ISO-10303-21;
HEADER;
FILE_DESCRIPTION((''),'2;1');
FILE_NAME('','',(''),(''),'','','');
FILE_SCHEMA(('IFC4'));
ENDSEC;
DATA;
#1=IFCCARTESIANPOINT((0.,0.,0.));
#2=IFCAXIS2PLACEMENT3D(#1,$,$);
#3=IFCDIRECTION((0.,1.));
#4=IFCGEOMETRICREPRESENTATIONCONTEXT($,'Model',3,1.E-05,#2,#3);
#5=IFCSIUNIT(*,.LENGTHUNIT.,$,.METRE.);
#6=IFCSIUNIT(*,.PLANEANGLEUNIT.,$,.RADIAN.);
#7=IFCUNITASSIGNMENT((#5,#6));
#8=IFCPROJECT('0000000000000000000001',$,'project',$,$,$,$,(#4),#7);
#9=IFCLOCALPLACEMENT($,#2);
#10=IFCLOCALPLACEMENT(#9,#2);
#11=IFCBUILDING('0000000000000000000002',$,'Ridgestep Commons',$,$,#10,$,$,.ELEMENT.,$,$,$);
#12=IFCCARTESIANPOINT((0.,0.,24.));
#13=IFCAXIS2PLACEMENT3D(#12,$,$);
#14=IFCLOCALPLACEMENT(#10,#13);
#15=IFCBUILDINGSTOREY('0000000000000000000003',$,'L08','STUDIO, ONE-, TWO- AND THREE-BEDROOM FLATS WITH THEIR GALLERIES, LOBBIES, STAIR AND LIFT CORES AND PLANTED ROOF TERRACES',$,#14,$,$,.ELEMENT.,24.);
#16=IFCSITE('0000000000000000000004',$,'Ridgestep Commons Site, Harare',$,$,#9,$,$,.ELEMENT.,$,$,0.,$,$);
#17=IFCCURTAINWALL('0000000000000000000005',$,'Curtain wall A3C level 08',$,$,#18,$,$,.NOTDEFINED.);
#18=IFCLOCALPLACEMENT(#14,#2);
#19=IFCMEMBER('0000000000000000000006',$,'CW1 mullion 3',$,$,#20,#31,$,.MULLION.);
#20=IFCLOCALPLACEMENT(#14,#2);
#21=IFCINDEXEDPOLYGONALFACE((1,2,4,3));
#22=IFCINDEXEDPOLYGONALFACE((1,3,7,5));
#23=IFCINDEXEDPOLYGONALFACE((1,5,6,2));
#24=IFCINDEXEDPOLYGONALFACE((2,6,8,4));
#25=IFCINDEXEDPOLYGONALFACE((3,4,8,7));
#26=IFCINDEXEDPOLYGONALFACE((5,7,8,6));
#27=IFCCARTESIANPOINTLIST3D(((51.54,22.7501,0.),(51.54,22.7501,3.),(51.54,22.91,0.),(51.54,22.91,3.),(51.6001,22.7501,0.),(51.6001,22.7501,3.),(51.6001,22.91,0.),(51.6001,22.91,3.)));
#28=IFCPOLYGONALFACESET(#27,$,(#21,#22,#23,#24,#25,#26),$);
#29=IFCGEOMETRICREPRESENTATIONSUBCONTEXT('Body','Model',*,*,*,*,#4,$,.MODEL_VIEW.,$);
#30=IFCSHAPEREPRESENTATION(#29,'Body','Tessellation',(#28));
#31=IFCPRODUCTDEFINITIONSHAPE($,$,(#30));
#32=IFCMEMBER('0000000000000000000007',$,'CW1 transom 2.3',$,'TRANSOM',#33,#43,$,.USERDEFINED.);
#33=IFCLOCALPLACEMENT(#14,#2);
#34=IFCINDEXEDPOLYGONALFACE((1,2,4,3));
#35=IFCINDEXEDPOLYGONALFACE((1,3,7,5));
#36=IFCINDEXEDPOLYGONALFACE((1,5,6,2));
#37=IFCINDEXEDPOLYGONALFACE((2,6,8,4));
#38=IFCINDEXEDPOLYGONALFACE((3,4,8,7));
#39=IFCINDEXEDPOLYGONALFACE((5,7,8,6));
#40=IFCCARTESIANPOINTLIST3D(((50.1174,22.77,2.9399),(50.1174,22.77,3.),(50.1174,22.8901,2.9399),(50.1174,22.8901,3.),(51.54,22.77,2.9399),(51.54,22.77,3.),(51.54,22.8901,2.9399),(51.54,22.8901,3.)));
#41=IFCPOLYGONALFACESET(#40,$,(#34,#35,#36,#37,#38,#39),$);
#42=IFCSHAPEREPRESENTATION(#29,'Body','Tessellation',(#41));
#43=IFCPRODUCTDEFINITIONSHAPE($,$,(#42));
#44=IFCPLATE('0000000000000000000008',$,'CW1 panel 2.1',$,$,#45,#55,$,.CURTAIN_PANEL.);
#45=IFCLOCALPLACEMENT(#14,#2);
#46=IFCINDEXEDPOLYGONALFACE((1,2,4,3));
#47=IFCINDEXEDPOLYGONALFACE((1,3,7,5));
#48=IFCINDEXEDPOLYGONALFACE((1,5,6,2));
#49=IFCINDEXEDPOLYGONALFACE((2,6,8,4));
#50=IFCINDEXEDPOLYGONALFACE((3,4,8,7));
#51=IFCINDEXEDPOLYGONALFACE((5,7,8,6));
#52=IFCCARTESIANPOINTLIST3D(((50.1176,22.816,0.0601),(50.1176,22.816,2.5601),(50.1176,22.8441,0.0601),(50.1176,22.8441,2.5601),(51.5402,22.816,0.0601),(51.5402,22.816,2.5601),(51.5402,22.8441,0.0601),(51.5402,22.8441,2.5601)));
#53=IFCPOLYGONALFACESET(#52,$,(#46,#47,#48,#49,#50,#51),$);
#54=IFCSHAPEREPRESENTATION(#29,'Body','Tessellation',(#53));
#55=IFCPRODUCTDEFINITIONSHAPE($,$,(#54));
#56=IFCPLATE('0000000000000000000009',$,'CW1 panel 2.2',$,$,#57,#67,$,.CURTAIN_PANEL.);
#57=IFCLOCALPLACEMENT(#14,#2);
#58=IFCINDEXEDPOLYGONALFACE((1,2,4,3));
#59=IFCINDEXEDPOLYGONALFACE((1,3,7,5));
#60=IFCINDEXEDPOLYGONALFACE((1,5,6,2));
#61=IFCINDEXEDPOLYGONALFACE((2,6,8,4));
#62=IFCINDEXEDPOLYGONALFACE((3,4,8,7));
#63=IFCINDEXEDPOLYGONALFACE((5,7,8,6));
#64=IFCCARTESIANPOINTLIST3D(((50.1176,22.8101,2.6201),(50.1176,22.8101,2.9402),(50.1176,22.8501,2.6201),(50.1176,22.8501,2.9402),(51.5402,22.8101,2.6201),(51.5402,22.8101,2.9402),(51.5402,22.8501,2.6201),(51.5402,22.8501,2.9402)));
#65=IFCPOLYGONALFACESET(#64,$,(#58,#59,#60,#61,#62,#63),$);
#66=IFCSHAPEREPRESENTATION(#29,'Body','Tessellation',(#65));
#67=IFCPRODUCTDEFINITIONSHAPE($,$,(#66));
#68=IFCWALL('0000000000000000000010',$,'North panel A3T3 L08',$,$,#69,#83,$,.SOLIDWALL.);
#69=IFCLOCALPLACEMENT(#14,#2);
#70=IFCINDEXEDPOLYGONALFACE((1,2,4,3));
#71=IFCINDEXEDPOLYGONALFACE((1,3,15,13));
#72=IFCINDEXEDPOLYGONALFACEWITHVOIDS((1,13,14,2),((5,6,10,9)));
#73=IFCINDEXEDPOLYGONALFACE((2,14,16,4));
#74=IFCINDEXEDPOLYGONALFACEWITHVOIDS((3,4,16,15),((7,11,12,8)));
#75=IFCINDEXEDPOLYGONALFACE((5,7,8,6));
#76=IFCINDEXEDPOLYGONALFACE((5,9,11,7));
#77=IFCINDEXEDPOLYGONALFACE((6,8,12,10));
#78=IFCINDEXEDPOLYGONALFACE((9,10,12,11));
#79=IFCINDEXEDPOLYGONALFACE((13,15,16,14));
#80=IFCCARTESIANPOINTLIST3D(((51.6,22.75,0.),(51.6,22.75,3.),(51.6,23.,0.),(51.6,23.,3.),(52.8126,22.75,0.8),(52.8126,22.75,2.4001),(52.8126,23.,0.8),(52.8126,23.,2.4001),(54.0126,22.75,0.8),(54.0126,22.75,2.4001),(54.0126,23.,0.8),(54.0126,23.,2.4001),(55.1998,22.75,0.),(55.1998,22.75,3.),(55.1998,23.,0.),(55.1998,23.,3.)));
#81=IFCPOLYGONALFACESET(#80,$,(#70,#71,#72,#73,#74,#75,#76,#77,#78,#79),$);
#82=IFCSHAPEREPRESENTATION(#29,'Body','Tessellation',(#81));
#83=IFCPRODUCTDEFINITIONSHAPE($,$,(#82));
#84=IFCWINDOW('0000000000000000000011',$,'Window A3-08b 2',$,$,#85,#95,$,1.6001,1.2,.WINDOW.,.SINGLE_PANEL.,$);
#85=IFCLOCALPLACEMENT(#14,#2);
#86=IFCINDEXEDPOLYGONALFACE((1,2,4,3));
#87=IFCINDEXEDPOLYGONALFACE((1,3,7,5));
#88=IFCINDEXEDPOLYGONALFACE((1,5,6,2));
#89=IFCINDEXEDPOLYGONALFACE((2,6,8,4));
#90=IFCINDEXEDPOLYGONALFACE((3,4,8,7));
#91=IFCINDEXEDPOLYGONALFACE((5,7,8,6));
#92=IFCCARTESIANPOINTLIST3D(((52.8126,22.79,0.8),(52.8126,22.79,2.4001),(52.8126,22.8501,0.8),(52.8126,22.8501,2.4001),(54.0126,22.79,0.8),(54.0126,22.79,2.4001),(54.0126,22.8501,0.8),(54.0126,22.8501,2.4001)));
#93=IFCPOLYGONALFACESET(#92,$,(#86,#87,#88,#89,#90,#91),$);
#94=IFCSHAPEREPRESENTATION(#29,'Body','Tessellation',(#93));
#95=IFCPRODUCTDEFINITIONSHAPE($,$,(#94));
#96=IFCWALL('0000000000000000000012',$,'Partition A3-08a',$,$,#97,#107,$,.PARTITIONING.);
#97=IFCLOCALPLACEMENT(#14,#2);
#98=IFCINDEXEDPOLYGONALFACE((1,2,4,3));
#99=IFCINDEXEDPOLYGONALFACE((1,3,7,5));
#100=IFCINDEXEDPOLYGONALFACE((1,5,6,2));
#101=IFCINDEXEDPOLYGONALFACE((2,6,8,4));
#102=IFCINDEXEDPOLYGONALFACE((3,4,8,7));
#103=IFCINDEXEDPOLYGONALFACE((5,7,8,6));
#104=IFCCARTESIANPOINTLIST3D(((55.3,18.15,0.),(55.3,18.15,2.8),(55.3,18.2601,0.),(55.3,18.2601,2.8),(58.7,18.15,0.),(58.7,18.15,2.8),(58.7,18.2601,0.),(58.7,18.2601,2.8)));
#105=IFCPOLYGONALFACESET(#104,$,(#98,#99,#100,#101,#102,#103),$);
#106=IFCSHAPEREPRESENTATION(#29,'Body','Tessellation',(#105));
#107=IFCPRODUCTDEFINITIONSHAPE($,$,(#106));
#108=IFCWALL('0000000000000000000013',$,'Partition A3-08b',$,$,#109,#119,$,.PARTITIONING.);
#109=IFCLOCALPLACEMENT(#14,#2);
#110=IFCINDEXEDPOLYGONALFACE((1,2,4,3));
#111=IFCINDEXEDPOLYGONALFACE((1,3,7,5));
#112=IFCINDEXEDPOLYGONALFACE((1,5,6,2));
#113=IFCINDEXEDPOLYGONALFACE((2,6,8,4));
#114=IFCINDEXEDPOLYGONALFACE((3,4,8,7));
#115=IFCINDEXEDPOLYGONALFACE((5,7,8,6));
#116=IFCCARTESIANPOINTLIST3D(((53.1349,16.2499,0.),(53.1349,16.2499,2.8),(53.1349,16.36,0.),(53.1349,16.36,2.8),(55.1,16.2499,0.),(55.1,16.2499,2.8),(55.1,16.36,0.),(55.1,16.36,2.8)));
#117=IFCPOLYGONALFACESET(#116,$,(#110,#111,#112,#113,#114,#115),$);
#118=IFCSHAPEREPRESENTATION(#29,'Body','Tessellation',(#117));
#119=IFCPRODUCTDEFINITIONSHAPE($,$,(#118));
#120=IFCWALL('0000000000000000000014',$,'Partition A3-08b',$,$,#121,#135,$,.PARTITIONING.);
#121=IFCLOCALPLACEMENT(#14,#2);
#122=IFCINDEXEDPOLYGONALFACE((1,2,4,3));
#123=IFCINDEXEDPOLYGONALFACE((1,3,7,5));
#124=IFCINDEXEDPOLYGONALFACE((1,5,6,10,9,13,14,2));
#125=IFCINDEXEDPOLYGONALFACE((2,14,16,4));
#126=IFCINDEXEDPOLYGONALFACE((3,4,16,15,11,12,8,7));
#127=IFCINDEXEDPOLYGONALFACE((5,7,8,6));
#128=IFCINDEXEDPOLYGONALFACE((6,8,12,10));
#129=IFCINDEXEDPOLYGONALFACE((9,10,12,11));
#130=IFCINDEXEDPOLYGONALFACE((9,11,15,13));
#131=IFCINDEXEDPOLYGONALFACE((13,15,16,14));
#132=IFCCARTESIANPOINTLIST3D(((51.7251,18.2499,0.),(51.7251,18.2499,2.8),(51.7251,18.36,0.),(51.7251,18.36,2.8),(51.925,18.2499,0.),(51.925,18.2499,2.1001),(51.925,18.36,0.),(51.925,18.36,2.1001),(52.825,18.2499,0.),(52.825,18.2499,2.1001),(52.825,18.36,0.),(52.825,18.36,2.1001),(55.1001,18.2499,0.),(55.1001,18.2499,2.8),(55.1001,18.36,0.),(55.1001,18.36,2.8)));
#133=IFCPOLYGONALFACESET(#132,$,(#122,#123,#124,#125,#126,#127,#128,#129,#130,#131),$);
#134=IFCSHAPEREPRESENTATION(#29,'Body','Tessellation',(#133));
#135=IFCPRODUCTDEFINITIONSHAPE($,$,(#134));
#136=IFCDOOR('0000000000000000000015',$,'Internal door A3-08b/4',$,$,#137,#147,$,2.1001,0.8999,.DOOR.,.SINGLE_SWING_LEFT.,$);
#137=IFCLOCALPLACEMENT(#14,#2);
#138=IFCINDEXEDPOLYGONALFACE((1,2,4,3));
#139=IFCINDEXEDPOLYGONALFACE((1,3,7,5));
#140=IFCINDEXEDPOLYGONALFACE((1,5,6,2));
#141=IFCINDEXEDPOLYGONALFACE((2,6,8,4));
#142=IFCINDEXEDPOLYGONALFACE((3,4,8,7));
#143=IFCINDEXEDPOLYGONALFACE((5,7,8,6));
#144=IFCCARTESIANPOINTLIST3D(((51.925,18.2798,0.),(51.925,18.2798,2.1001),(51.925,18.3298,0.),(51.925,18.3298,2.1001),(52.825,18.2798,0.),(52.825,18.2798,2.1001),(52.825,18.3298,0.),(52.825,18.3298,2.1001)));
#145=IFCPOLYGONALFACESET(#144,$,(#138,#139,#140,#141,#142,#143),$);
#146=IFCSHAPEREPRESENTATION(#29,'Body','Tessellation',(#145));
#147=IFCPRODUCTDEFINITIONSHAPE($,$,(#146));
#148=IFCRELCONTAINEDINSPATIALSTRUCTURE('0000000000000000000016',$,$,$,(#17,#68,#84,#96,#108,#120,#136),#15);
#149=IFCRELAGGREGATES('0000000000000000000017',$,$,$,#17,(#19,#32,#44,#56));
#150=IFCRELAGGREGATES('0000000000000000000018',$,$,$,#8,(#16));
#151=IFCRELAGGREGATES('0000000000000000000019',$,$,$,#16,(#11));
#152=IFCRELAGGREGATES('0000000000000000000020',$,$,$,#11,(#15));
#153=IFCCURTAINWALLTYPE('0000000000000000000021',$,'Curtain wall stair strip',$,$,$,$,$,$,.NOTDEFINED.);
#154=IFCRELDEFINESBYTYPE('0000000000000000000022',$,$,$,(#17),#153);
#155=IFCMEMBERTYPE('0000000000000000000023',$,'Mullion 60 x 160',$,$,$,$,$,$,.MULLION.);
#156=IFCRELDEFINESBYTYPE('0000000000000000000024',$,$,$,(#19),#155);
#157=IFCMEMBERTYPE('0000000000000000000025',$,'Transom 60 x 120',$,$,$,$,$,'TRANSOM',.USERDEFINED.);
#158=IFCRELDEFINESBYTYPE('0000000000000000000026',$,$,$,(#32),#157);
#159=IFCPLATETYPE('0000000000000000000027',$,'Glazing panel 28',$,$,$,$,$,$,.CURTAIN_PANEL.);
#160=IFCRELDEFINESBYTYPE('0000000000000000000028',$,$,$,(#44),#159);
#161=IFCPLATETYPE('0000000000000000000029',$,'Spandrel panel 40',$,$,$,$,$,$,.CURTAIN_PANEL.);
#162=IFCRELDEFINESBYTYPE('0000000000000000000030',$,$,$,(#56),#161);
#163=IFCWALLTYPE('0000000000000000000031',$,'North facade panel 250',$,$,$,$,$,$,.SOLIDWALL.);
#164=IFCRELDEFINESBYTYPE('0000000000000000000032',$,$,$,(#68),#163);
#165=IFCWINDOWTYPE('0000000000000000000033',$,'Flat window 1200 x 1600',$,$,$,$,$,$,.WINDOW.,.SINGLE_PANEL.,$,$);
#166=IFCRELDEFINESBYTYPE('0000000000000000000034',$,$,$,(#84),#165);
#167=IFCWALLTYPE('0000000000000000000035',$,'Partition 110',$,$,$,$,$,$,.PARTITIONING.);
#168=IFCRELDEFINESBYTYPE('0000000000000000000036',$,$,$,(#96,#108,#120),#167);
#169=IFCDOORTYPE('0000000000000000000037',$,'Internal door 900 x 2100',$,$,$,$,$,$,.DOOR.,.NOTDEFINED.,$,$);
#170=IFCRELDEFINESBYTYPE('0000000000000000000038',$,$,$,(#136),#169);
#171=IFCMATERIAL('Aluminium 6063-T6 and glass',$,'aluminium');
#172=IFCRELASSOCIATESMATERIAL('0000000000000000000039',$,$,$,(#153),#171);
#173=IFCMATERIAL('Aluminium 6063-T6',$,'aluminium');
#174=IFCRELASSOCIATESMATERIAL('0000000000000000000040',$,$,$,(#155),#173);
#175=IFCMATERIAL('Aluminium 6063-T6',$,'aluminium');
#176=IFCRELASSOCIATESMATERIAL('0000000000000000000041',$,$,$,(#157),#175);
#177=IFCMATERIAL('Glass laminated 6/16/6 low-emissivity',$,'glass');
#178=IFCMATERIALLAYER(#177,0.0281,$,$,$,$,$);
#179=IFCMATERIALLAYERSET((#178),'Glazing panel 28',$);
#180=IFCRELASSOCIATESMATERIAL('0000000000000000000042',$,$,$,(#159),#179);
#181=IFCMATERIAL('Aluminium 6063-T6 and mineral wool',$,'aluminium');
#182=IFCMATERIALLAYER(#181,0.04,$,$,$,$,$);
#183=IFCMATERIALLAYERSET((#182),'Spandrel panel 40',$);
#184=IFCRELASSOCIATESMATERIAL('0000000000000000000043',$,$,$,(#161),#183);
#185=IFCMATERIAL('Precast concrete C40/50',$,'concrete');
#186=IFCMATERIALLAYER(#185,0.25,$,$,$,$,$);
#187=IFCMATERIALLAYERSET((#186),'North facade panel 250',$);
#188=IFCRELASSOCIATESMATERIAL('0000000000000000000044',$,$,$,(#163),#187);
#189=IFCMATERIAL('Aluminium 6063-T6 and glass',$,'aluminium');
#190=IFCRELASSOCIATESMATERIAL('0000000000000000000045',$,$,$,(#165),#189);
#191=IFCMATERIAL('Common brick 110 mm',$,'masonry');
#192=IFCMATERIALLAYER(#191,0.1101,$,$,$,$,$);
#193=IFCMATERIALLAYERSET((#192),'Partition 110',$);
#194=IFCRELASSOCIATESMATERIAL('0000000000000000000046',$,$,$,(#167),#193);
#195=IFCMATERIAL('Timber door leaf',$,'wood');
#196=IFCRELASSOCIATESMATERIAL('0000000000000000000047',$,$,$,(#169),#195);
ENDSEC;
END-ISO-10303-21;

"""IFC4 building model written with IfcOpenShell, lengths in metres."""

from ifc_helpers import new_model, si_unit, direction, frame, frame_2d, origin, origin_2d, place, context, subcontext, project, spatial, rectangle, extrude, material, layer, layer_set, material_profile, profile_set, type_object, element, fill, aggregate, save


model = new_model("IFC4")

# Units and contexts
model_context = context("Model", 3, precision=1e-05, world=origin(), true_north=direction((0.0, 1.0)))
body_context = subcontext(model_context, "Body", "Model", "MODEL_VIEW")
ifc_project = project(units=[si_unit("LENGTHUNIT", "METRE"), si_unit("PLANEANGLEUNIT", "RADIAN")], contexts=[model_context])

# Site, building, storey
site_placement = place(None, origin())
site = spatial("IfcSite", under=ifc_project, at=site_placement, Name="Ridgestep Commons Site, Harare", CompositionType="ELEMENT", RefElevation=0.0)
building_placement = place(site_placement, origin())
building = spatial("IfcBuilding", under=site, at=building_placement, Name="Ridgestep Commons", CompositionType="ELEMENT")
storey_placement = place(building_placement, frame((0.0, 0.0, 24.0)))
storey = spatial("IfcBuildingStorey", under=building, at=storey_placement, Name="L08", Description="STUDIO, ONE-, TWO- AND THREE-BEDROOM FLATS WITH THEIR GALLERIES, LOBBIES, STAIR AND LIFT CORES AND PLANTED ROOF TERRACES", CompositionType="ELEMENT", Elevation=24.0)

# Curtain wall, members, plates
ifc_material_1 = material(Name="Aluminium 6063-T6 and glass", Category="aluminium")
curtain_wall_type = type_object("IfcCurtainWallType", Name="Curtain wall stair strip", PredefinedType="NOTDEFINED", material=ifc_material_1)
curtain_wall_placement = place(storey_placement, origin())
curtain_wall = element("IfcCurtainWall", 1, at=curtain_wall_placement, inside=storey, type_object=curtain_wall_type, Name="Curtain wall A3C level 08", PredefinedType="NOTDEFINED")
ifc_material_2 = material(Name="Aluminium 6063-T6", Category="aluminium")
ifc_material_profile_1 = material_profile(ifc_material_2, rectangle(XDim=0.1599, YDim=0.0601, at=origin_2d()), Name="Mullion 60 x 160")
ifc_profile_set_1 = profile_set([ifc_material_profile_1], Name="Aluminium 6063-T6")
member_type_1 = type_object("IfcMemberType", Name="Mullion 60 x 160", PredefinedType="MULLION", material=ifc_profile_set_1)
member_1_placement = place(storey_placement, frame((51.5701, 22.8301, 0.0), z_axis=(0.0, 0.0, 1.0), x_axis=(0.0, 1.0, 0.0)))
member_1 = element("IfcMember", 2, at=member_1_placement, type_object=member_type_1, Name="CW1 mullion 3", PredefinedType="MULLION", context=body_context, shape_type="SweptSolid", body=[
    extrude(rectangle(XDim=0.1599, YDim=0.0601, at=origin_2d()), origin(), (0.0, 0.0, 1.0), 3.0),
])
ifc_material_3 = material(Name="Aluminium 6063-T6", Category="aluminium")
ifc_material_profile_2 = material_profile(ifc_material_3, rectangle(XDim=0.1201, YDim=0.0601, at=origin_2d()), Name="Transom 60 x 120")
ifc_profile_set_2 = profile_set([ifc_material_profile_2], Name="Aluminium 6063-T6")
member_type_2 = type_object("IfcMemberType", Name="Transom 60 x 120", ElementType="TRANSOM", PredefinedType="USERDEFINED", material=ifc_profile_set_2)
member_2_placement = place(storey_placement, frame((50.1174, 22.8301, 2.97), z_axis=(1.0, 0.0, 0.0), x_axis=(0.0, 1.0, 0.0)))
member_2 = element("IfcMember", 3, at=member_2_placement, type_object=member_type_2, Name="CW1 transom 2.3", ObjectType="TRANSOM", PredefinedType="USERDEFINED", context=body_context, shape_type="SweptSolid", body=[
    extrude(rectangle(XDim=0.1201, YDim=0.0601, at=origin_2d()), origin(), (0.0, 0.0, 1.0), 1.4226),
])
ifc_material_4 = material(Name="Glass laminated 6/16/6 low-emissivity", Category="glass")
ifc_layer_1 = layer(ifc_material_4, 0.0281)
ifc_layer_set_1 = layer_set([ifc_layer_1], Name="Glazing panel 28")
plate_type_1 = type_object("IfcPlateType", Name="Glazing panel 28", PredefinedType="CURTAIN_PANEL", material=ifc_layer_set_1)
plate_1_placement = place(storey_placement, frame((50.8289, 22.8301, 0.0601), z_axis=(0.0, 0.0, 1.0), x_axis=(1.0, 0.0, 0.0)))
plate_1 = element("IfcPlate", 4, at=plate_1_placement, type_object=plate_type_1, Name="CW1 panel 2.1", PredefinedType="CURTAIN_PANEL", context=body_context, shape_type="SweptSolid", body=[
    extrude(rectangle(XDim=1.4226, YDim=0.0281, at=origin_2d()), origin(), (0.0, 0.0, 1.0), 2.5),
])
ifc_material_5 = material(Name="Aluminium 6063-T6 and mineral wool", Category="aluminium")
ifc_layer_2 = layer(ifc_material_5, 0.04)
ifc_layer_set_2 = layer_set([ifc_layer_2], Name="Spandrel panel 40")
plate_type_2 = type_object("IfcPlateType", Name="Spandrel panel 40", PredefinedType="CURTAIN_PANEL", material=ifc_layer_set_2)
plate_2_placement = place(storey_placement, frame((50.8289, 22.8301, 2.6201), z_axis=(0.0, 0.0, 1.0), x_axis=(1.0, 0.0, 0.0)))
plate_2 = element("IfcPlate", 5, at=plate_2_placement, type_object=plate_type_2, Name="CW1 panel 2.2", PredefinedType="CURTAIN_PANEL", context=body_context, shape_type="SweptSolid", body=[
    extrude(rectangle(XDim=1.4226, YDim=0.04, at=origin_2d()), origin(), (0.0, 0.0, 1.0), 0.3201),
])
aggregate(curtain_wall, [member_1, member_2, plate_1, plate_2])

# Wall, opening, window
ifc_material_6 = material(Name="Precast concrete C40/50", Category="concrete")
ifc_layer_3 = layer(ifc_material_6, 0.25)
ifc_layer_set_3 = layer_set([ifc_layer_3], Name="North facade panel 250")
wall_type_1 = type_object("IfcWallType", Name="North facade panel 250", PredefinedType="SOLIDWALL", material=ifc_layer_set_3)
wall_1_placement = place(storey_placement, frame((51.6001, 22.875, 0.0), z_axis=(0.0, 0.0, 1.0), x_axis=(1.0, 0.0, 0.0)))
wall_1 = element("IfcWall", 6, at=wall_1_placement, inside=storey, type_object=wall_type_1, Name="North panel A3T3 L08", PredefinedType="SOLIDWALL", context=body_context, shape_type="SweptSolid", body=[
    extrude(rectangle(XDim=3.5999, YDim=0.25, at=frame_2d((1.7998, 0.0))), origin(), (0.0, 0.0, 1.0), 3.0),
])
opening_1_placement = place(wall_1_placement, frame((1.2124, 0.0, 0.8)))
opening_1 = element("IfcOpeningElement", 7, at=opening_1_placement, cuts=wall_1, PredefinedType="OPENING", context=body_context, shape_type="SweptSolid", body=[
    extrude(rectangle(XDim=1.2, YDim=1.6001, at=frame_2d((0.6001, 0.8))), frame((0.0, 0.135, 0.0), z_axis=(0.0, -1.0, 0.0), x_axis=(1.0, 0.0, 0.0)), (0.0, 0.0, 1.0), 0.27),
])
ifc_material_7 = material(Name="Aluminium 6063-T6 and glass", Category="aluminium")
window_type = type_object("IfcWindowType", Name="Flat window 1200 x 1600", PartitioningType="SINGLE_PANEL", PredefinedType="WINDOW", material=ifc_material_7)
window_placement = place(opening_1_placement, origin())
window = element("IfcWindow", 8, at=window_placement, inside=storey, type_object=window_type, Name="Window A3-08b 2", OverallHeight=1.6001, OverallWidth=1.2, PartitioningType="SINGLE_PANEL", PredefinedType="WINDOW", context=body_context, shape_type="SweptSolid", body=[
    extrude(rectangle(XDim=1.2, YDim=1.6001, at=frame_2d((0.6001, 0.8))), frame((0.0, -0.0249, 0.0), z_axis=(0.0, -1.0, 0.0), x_axis=(1.0, 0.0, 0.0)), (0.0, 0.0, 1.0), 0.0601),
])
fill(opening_1, window)

# Walls
ifc_material_8 = material(Name="Common brick 110 mm", Category="masonry")
ifc_layer_4 = layer(ifc_material_8, 0.1101)
ifc_layer_set_4 = layer_set([ifc_layer_4], Name="Partition 110")
wall_type_2 = type_object("IfcWallType", Name="Partition 110", PredefinedType="PARTITIONING", material=ifc_layer_set_4)
wall_2_placement = place(storey_placement, frame((55.3, 18.2051, 0.0), z_axis=(0.0, 0.0, 1.0), x_axis=(1.0, 0.0, 0.0)))
element("IfcWall", 9, at=wall_2_placement, inside=storey, type_object=wall_type_2, Name="Partition A3-08a", PredefinedType="PARTITIONING", context=body_context, shape_type="SweptSolid", body=[
    extrude(rectangle(XDim=3.3999, YDim=0.1101, at=frame_2d((1.7, 0.0))), origin(), (0.0, 0.0, 1.0), 2.8),
])
wall_3_placement = place(storey_placement, frame((53.135, 16.3049, 0.0), z_axis=(0.0, 0.0, 1.0), x_axis=(1.0, 0.0, 0.0)))
element("IfcWall", 10, at=wall_3_placement, inside=storey, type_object=wall_type_2, Name="Partition A3-08b", PredefinedType="PARTITIONING", context=body_context, shape_type="SweptSolid", body=[
    extrude(rectangle(XDim=1.9651, YDim=0.1101, at=frame_2d((0.9824, 0.0))), origin(), (0.0, 0.0, 1.0), 2.8),
])

# Wall, opening, door
wall_4_placement = place(storey_placement, frame((51.7251, 18.3049, 0.0), z_axis=(0.0, 0.0, 1.0), x_axis=(1.0, 0.0, 0.0)))
wall_4 = element("IfcWall", 11, at=wall_4_placement, inside=storey, type_object=wall_type_2, Name="Partition A3-08b", PredefinedType="PARTITIONING", context=body_context, shape_type="SweptSolid", body=[
    extrude(rectangle(XDim=3.375, YDim=0.1101, at=frame_2d((1.6875, 0.0))), origin(), (0.0, 0.0, 1.0), 2.8),
])
opening_2_placement = place(wall_4_placement, frame((0.2, 0.0, 0.0)))
opening_2 = element("IfcOpeningElement", 12, at=opening_2_placement, cuts=wall_4, PredefinedType="OPENING", context=body_context, shape_type="SweptSolid", body=[
    extrude(rectangle(XDim=0.8999, YDim=2.1001, at=frame_2d((0.45, 1.05))), frame((0.0, 0.0649, 0.0), z_axis=(0.0, -1.0, 0.0), x_axis=(1.0, 0.0, 0.0)), (0.0, 0.0, 1.0), 0.1301),
])
ifc_material_9 = material(Name="Timber door leaf", Category="wood")
door_type = type_object("IfcDoorType", Name="Internal door 900 x 2100", OperationType="NOTDEFINED", PredefinedType="DOOR", material=ifc_material_9)
door_placement = place(opening_2_placement, origin())
door = element("IfcDoor", 13, at=door_placement, inside=storey, type_object=door_type, Name="Internal door A3-08b/4", OperationType="SINGLE_SWING_LEFT", OverallHeight=2.1001, OverallWidth=0.8999, PredefinedType="DOOR", context=body_context, shape_type="SweptSolid", body=[
    extrude(rectangle(XDim=0.8999, YDim=2.1001, at=frame_2d((0.45, 1.05))), frame((0.0, 0.0249, 0.0), z_axis=(0.0, -1.0, 0.0), x_axis=(1.0, 0.0, 0.0)), (0.0, 0.0, 1.0), 0.05),
])
fill(opening_2, door)

save(model, "model.ifc")
